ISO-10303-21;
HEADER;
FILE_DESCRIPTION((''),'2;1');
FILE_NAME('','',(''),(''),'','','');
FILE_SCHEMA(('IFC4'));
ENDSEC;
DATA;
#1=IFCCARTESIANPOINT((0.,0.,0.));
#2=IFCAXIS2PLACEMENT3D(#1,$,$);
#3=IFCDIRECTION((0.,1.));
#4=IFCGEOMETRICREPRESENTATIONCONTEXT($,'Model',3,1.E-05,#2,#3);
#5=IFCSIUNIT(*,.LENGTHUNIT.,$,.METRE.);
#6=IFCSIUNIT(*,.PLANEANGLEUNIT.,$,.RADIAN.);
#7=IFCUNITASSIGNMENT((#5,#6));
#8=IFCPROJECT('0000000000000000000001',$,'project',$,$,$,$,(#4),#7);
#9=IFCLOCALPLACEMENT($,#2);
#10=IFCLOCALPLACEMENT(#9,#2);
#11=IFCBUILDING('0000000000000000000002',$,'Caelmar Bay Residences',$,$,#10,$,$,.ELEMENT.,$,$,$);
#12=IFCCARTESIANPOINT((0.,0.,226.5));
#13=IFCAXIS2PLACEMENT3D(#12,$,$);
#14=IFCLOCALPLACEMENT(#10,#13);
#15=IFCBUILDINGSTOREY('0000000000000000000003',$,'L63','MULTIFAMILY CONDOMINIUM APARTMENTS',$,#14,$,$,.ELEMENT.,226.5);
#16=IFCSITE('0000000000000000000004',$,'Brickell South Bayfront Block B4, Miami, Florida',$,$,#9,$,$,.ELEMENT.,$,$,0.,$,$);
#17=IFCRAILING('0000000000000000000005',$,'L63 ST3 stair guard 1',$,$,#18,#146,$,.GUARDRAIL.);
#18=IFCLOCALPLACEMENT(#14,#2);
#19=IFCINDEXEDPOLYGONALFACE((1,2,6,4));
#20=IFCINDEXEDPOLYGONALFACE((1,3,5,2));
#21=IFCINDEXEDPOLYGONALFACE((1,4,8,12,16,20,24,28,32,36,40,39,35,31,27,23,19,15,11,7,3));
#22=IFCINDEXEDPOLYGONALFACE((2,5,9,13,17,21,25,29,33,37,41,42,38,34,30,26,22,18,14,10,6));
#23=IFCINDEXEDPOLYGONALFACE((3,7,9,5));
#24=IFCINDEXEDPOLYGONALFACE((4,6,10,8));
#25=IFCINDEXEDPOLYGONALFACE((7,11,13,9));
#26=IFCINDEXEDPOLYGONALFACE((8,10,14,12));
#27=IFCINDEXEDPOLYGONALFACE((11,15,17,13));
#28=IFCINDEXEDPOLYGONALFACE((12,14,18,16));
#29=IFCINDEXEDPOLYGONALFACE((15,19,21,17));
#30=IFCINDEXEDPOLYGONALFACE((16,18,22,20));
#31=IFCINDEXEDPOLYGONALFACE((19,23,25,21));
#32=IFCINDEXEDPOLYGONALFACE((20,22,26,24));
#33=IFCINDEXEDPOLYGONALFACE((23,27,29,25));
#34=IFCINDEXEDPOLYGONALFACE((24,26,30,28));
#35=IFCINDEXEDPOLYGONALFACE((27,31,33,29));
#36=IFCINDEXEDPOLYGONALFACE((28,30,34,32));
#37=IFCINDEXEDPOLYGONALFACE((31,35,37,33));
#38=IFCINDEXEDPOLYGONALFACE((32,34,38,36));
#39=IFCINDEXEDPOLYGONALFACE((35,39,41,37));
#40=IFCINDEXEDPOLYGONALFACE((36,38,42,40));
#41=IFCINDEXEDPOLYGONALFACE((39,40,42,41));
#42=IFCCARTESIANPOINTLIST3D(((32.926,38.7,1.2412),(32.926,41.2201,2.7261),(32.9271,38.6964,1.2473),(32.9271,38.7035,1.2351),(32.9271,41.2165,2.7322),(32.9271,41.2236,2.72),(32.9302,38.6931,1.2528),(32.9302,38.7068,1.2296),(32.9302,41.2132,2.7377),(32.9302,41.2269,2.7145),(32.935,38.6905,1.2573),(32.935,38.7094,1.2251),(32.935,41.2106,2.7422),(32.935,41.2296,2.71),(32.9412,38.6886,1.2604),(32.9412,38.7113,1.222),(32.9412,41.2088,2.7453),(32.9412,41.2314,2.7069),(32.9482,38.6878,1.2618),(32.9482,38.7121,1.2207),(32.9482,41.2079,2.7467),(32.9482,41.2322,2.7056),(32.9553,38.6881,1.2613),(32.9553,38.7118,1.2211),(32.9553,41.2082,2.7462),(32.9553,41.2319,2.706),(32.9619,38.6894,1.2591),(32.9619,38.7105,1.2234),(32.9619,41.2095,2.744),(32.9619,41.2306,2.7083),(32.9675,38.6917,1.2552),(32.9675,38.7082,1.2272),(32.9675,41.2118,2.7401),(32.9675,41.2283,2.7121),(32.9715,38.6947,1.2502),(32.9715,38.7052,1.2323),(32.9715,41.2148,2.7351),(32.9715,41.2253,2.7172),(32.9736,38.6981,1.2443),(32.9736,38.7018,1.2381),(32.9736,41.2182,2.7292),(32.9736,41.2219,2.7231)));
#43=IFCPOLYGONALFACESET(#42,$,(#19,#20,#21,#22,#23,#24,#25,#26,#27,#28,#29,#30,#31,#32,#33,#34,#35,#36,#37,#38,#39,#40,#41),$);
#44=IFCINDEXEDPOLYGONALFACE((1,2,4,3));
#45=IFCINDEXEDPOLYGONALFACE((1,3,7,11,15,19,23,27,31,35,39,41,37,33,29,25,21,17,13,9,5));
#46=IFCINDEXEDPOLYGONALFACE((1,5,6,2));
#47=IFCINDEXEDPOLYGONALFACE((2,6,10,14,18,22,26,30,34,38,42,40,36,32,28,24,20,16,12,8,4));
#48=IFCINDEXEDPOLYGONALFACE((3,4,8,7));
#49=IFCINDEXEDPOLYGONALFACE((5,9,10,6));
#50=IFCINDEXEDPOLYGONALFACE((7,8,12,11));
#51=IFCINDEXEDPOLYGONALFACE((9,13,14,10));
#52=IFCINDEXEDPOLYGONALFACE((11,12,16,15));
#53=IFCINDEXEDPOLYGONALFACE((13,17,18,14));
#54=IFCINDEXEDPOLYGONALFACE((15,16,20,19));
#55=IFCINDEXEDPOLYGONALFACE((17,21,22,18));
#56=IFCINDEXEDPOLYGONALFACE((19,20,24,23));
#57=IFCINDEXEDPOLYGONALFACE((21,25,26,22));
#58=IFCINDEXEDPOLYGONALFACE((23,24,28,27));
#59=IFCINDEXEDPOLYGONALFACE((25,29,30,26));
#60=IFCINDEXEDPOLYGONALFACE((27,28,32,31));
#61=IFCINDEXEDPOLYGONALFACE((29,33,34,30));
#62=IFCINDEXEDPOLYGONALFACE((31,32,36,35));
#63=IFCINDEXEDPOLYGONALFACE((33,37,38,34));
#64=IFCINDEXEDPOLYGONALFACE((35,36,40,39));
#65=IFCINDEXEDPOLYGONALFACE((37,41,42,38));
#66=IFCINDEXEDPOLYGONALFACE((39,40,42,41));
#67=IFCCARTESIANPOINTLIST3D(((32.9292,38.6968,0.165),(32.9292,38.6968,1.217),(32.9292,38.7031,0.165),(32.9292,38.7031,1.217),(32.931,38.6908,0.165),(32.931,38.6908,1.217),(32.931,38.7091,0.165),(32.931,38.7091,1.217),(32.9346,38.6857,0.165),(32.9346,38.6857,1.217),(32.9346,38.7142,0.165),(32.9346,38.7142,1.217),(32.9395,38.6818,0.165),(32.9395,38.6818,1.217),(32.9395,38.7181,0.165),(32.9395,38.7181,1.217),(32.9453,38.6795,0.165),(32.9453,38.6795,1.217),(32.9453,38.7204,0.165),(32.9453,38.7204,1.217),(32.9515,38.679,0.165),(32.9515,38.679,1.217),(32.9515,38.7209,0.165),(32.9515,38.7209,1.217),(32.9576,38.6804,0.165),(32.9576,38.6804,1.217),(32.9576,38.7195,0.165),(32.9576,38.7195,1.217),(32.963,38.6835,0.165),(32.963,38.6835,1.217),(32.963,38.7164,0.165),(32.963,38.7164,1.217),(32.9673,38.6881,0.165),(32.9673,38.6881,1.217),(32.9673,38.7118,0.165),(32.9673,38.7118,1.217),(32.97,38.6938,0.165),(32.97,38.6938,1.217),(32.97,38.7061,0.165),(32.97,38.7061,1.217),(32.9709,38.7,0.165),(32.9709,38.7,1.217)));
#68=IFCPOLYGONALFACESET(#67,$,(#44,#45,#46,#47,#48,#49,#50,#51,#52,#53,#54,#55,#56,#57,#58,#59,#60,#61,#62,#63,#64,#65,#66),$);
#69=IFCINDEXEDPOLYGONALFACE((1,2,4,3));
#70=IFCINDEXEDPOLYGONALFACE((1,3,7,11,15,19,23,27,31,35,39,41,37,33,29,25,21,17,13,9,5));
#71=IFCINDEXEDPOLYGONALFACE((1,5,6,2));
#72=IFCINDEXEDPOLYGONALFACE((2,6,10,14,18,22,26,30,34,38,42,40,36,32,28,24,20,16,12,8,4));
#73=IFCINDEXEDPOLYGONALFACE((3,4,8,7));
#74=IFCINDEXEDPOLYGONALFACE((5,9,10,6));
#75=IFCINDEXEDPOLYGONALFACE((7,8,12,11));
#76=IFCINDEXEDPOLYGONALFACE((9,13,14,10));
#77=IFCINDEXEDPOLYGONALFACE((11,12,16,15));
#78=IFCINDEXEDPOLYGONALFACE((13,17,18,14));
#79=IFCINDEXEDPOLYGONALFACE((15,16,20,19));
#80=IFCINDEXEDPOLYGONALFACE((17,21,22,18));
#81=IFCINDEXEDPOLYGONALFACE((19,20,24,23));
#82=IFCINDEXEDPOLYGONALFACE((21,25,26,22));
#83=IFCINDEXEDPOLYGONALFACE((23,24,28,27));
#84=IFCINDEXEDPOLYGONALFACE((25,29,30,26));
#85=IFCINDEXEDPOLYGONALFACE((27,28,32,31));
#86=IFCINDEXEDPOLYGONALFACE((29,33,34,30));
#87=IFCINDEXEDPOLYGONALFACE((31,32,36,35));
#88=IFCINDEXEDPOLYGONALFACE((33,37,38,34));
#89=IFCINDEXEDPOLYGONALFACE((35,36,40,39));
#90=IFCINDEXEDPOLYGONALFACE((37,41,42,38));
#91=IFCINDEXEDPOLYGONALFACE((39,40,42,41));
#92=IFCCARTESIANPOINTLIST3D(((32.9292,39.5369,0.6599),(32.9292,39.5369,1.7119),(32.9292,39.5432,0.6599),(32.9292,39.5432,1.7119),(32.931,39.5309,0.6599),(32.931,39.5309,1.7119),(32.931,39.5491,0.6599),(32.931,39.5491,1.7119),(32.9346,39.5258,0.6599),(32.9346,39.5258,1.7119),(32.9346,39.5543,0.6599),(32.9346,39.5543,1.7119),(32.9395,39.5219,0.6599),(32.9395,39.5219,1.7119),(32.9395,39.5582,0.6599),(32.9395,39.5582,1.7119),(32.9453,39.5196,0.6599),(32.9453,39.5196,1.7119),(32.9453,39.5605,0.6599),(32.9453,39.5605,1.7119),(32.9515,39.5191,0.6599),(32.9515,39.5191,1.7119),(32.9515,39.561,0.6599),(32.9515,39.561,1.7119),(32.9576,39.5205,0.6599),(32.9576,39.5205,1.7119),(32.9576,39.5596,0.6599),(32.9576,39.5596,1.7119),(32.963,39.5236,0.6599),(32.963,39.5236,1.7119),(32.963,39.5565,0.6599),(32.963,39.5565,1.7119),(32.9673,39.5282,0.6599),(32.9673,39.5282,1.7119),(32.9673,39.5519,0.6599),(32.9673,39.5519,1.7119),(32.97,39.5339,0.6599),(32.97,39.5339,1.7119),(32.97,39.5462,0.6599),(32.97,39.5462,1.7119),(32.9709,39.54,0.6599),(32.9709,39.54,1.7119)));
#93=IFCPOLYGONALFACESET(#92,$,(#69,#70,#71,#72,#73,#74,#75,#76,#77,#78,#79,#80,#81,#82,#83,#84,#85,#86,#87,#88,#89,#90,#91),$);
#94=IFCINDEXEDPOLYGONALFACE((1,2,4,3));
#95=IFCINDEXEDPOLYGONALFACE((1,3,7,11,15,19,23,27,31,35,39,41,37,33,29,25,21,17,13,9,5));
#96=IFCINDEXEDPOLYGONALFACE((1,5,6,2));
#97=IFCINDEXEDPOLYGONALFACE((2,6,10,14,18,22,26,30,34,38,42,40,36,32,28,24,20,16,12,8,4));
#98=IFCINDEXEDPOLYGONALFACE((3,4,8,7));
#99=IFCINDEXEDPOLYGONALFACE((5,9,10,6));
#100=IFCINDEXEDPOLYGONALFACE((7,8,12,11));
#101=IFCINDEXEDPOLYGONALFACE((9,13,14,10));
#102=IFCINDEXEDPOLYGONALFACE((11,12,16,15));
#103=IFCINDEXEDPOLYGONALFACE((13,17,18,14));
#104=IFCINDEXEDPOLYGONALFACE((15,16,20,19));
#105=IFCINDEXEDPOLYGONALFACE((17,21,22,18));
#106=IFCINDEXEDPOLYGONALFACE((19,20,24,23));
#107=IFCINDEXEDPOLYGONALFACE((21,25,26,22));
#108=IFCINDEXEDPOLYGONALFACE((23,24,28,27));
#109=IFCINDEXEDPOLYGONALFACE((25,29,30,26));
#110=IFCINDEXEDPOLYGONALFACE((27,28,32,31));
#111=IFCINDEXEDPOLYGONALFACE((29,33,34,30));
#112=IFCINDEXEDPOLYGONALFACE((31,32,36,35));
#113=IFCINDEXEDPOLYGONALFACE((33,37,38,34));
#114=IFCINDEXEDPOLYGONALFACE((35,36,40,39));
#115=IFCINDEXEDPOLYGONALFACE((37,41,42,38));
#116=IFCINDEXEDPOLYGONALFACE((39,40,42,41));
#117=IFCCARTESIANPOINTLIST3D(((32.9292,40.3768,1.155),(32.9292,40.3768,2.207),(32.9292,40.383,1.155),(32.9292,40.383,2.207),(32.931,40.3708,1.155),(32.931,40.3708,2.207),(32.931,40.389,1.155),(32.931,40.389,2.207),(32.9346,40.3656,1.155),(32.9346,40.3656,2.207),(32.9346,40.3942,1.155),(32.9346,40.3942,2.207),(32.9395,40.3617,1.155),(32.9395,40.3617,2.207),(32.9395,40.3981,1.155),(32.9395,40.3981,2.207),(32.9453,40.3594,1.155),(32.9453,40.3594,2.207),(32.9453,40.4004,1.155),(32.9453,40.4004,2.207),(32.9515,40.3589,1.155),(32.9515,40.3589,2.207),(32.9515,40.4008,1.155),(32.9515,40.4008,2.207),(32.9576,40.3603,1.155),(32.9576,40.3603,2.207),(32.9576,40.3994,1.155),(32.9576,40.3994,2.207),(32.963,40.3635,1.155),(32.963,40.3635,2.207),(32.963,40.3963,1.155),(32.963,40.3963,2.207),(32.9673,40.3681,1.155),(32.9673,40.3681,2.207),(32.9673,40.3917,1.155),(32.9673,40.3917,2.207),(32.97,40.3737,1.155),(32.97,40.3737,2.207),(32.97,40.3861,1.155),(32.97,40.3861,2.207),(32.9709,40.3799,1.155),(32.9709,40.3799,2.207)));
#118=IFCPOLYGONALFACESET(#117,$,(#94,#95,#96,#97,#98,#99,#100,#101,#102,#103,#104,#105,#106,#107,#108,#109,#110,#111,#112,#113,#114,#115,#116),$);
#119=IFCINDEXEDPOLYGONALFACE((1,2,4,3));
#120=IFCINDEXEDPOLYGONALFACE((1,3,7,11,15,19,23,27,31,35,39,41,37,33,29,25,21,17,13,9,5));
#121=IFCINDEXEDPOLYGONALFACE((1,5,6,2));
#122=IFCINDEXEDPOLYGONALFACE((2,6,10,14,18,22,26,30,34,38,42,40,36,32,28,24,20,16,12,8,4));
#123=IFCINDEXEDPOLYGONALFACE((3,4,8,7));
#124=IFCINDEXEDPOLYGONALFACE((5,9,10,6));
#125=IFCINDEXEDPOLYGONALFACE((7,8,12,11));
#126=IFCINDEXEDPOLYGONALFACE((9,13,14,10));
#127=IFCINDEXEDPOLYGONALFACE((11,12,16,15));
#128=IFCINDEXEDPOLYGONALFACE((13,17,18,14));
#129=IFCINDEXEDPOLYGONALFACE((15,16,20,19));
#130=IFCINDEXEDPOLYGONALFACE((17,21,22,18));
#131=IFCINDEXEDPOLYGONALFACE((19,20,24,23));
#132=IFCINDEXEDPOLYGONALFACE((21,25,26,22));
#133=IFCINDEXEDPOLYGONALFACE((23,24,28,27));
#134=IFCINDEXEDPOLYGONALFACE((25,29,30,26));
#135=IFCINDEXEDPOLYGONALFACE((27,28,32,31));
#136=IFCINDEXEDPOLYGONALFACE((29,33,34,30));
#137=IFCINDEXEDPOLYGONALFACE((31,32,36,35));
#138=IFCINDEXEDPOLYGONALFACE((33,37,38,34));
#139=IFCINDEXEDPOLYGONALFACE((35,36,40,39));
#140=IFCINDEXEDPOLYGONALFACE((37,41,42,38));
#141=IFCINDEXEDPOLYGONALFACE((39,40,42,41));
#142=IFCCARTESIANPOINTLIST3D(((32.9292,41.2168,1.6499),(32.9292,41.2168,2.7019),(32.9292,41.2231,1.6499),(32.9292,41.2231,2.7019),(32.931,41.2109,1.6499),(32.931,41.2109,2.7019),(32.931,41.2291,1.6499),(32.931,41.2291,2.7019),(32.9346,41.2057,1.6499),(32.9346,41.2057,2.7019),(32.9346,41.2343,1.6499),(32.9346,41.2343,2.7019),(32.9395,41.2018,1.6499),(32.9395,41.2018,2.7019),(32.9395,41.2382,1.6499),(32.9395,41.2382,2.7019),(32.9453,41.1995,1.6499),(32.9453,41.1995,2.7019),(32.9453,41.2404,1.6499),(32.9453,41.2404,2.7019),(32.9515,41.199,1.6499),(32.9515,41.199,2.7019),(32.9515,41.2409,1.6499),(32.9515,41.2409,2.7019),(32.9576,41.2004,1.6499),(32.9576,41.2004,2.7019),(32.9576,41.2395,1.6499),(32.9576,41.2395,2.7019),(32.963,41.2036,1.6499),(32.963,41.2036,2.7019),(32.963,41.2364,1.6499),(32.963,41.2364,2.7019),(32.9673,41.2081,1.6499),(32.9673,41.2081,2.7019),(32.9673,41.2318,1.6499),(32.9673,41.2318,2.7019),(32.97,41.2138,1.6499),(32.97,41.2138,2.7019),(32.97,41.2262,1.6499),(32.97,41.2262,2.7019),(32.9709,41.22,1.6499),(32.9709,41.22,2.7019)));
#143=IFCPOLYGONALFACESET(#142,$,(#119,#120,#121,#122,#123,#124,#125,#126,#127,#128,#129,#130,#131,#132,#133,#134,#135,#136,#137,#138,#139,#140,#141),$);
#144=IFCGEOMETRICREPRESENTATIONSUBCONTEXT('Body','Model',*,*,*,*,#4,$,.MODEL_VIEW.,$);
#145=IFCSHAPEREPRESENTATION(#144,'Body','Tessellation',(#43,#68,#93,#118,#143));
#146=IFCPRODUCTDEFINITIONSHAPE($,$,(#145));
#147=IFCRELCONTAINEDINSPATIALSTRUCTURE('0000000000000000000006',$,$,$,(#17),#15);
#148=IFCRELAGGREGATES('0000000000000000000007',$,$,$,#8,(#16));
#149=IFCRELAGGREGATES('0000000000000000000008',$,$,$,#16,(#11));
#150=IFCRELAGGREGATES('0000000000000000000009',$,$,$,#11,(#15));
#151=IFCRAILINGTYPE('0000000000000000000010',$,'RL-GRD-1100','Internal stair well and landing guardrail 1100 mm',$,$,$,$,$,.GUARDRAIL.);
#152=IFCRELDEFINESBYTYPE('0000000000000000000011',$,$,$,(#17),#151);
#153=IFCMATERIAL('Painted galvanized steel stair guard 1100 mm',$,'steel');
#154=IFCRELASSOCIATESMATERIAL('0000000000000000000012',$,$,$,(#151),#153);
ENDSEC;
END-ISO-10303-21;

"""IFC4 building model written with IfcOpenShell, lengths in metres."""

from ifc_helpers import new_model, si_unit, direction, frame, origin, origin_2d, place, context, subcontext, project, spatial, circle, extrude, material, type_object, element, save


model = new_model("IFC4")

# Units and contexts
model_context = context("Model", 3, precision=1e-05, world=origin(), true_north=direction((0.0, 1.0)))
body_context = subcontext(model_context, "Body", "Model", "MODEL_VIEW")
ifc_project = project(units=[si_unit("LENGTHUNIT", "METRE"), si_unit("PLANEANGLEUNIT", "RADIAN")], contexts=[model_context])

# Site, building, storey
site_placement = place(None, origin())
site = spatial("IfcSite", under=ifc_project, at=site_placement, Name="Brickell South Bayfront Block B4, Miami, Florida", CompositionType="ELEMENT", RefElevation=0.0)
building_placement = place(site_placement, origin())
building = spatial("IfcBuilding", under=site, at=building_placement, Name="Caelmar Bay Residences", CompositionType="ELEMENT")
storey_placement = place(building_placement, frame((0.0, 0.0, 226.5)))
storey = spatial("IfcBuildingStorey", under=building, at=storey_placement, Name="L63", Description="MULTIFAMILY CONDOMINIUM APARTMENTS", CompositionType="ELEMENT", Elevation=226.5)

# Railing
ifc_material_1 = material(Name="Painted galvanized steel stair guard 1100 mm", Category="steel")
railing_type_1 = type_object("IfcRailingType", Name="RL-GRD-1100", Description="Internal stair well and landing guardrail 1100 mm", PredefinedType="GUARDRAIL", material=ifc_material_1)
railing_1_placement = place(storey_placement, frame((32.95, 38.7, 0.165)))
element("IfcRailing", 1, at=railing_1_placement, inside=storey, type_object=railing_type_1, Name="L63 ST3 stair guard 1", PredefinedType="GUARDRAIL", context=body_context, shape_type="SweptSolid", body=[
    extrude(circle(Radius=0.0239, at=origin_2d()), frame((0.0, 0.0, 1.0762), z_axis=(0.0, 0.861561, 0.507655), x_axis=(-1.0, 0.0, 0.0)), (0.0, 0.0, 1.0), 2.925),
    extrude(circle(Radius=0.021, at=origin_2d()), origin(), (0.0, 0.0, 1.0), 1.052),
    extrude(circle(Radius=0.021, at=origin_2d()), frame((0.0, 0.8401, 0.4949)), (0.0, 0.0, 1.0), 1.052),
    extrude(circle(Radius=0.021, at=origin_2d()), frame((0.0, 1.6799, 0.99)), (0.0, 0.0, 1.0), 1.052),
    extrude(circle(Radius=0.021, at=origin_2d()), frame((0.0, 2.52, 1.4849)), (0.0, 0.0, 1.0), 1.052),
])

save(model, "model.ifc")
